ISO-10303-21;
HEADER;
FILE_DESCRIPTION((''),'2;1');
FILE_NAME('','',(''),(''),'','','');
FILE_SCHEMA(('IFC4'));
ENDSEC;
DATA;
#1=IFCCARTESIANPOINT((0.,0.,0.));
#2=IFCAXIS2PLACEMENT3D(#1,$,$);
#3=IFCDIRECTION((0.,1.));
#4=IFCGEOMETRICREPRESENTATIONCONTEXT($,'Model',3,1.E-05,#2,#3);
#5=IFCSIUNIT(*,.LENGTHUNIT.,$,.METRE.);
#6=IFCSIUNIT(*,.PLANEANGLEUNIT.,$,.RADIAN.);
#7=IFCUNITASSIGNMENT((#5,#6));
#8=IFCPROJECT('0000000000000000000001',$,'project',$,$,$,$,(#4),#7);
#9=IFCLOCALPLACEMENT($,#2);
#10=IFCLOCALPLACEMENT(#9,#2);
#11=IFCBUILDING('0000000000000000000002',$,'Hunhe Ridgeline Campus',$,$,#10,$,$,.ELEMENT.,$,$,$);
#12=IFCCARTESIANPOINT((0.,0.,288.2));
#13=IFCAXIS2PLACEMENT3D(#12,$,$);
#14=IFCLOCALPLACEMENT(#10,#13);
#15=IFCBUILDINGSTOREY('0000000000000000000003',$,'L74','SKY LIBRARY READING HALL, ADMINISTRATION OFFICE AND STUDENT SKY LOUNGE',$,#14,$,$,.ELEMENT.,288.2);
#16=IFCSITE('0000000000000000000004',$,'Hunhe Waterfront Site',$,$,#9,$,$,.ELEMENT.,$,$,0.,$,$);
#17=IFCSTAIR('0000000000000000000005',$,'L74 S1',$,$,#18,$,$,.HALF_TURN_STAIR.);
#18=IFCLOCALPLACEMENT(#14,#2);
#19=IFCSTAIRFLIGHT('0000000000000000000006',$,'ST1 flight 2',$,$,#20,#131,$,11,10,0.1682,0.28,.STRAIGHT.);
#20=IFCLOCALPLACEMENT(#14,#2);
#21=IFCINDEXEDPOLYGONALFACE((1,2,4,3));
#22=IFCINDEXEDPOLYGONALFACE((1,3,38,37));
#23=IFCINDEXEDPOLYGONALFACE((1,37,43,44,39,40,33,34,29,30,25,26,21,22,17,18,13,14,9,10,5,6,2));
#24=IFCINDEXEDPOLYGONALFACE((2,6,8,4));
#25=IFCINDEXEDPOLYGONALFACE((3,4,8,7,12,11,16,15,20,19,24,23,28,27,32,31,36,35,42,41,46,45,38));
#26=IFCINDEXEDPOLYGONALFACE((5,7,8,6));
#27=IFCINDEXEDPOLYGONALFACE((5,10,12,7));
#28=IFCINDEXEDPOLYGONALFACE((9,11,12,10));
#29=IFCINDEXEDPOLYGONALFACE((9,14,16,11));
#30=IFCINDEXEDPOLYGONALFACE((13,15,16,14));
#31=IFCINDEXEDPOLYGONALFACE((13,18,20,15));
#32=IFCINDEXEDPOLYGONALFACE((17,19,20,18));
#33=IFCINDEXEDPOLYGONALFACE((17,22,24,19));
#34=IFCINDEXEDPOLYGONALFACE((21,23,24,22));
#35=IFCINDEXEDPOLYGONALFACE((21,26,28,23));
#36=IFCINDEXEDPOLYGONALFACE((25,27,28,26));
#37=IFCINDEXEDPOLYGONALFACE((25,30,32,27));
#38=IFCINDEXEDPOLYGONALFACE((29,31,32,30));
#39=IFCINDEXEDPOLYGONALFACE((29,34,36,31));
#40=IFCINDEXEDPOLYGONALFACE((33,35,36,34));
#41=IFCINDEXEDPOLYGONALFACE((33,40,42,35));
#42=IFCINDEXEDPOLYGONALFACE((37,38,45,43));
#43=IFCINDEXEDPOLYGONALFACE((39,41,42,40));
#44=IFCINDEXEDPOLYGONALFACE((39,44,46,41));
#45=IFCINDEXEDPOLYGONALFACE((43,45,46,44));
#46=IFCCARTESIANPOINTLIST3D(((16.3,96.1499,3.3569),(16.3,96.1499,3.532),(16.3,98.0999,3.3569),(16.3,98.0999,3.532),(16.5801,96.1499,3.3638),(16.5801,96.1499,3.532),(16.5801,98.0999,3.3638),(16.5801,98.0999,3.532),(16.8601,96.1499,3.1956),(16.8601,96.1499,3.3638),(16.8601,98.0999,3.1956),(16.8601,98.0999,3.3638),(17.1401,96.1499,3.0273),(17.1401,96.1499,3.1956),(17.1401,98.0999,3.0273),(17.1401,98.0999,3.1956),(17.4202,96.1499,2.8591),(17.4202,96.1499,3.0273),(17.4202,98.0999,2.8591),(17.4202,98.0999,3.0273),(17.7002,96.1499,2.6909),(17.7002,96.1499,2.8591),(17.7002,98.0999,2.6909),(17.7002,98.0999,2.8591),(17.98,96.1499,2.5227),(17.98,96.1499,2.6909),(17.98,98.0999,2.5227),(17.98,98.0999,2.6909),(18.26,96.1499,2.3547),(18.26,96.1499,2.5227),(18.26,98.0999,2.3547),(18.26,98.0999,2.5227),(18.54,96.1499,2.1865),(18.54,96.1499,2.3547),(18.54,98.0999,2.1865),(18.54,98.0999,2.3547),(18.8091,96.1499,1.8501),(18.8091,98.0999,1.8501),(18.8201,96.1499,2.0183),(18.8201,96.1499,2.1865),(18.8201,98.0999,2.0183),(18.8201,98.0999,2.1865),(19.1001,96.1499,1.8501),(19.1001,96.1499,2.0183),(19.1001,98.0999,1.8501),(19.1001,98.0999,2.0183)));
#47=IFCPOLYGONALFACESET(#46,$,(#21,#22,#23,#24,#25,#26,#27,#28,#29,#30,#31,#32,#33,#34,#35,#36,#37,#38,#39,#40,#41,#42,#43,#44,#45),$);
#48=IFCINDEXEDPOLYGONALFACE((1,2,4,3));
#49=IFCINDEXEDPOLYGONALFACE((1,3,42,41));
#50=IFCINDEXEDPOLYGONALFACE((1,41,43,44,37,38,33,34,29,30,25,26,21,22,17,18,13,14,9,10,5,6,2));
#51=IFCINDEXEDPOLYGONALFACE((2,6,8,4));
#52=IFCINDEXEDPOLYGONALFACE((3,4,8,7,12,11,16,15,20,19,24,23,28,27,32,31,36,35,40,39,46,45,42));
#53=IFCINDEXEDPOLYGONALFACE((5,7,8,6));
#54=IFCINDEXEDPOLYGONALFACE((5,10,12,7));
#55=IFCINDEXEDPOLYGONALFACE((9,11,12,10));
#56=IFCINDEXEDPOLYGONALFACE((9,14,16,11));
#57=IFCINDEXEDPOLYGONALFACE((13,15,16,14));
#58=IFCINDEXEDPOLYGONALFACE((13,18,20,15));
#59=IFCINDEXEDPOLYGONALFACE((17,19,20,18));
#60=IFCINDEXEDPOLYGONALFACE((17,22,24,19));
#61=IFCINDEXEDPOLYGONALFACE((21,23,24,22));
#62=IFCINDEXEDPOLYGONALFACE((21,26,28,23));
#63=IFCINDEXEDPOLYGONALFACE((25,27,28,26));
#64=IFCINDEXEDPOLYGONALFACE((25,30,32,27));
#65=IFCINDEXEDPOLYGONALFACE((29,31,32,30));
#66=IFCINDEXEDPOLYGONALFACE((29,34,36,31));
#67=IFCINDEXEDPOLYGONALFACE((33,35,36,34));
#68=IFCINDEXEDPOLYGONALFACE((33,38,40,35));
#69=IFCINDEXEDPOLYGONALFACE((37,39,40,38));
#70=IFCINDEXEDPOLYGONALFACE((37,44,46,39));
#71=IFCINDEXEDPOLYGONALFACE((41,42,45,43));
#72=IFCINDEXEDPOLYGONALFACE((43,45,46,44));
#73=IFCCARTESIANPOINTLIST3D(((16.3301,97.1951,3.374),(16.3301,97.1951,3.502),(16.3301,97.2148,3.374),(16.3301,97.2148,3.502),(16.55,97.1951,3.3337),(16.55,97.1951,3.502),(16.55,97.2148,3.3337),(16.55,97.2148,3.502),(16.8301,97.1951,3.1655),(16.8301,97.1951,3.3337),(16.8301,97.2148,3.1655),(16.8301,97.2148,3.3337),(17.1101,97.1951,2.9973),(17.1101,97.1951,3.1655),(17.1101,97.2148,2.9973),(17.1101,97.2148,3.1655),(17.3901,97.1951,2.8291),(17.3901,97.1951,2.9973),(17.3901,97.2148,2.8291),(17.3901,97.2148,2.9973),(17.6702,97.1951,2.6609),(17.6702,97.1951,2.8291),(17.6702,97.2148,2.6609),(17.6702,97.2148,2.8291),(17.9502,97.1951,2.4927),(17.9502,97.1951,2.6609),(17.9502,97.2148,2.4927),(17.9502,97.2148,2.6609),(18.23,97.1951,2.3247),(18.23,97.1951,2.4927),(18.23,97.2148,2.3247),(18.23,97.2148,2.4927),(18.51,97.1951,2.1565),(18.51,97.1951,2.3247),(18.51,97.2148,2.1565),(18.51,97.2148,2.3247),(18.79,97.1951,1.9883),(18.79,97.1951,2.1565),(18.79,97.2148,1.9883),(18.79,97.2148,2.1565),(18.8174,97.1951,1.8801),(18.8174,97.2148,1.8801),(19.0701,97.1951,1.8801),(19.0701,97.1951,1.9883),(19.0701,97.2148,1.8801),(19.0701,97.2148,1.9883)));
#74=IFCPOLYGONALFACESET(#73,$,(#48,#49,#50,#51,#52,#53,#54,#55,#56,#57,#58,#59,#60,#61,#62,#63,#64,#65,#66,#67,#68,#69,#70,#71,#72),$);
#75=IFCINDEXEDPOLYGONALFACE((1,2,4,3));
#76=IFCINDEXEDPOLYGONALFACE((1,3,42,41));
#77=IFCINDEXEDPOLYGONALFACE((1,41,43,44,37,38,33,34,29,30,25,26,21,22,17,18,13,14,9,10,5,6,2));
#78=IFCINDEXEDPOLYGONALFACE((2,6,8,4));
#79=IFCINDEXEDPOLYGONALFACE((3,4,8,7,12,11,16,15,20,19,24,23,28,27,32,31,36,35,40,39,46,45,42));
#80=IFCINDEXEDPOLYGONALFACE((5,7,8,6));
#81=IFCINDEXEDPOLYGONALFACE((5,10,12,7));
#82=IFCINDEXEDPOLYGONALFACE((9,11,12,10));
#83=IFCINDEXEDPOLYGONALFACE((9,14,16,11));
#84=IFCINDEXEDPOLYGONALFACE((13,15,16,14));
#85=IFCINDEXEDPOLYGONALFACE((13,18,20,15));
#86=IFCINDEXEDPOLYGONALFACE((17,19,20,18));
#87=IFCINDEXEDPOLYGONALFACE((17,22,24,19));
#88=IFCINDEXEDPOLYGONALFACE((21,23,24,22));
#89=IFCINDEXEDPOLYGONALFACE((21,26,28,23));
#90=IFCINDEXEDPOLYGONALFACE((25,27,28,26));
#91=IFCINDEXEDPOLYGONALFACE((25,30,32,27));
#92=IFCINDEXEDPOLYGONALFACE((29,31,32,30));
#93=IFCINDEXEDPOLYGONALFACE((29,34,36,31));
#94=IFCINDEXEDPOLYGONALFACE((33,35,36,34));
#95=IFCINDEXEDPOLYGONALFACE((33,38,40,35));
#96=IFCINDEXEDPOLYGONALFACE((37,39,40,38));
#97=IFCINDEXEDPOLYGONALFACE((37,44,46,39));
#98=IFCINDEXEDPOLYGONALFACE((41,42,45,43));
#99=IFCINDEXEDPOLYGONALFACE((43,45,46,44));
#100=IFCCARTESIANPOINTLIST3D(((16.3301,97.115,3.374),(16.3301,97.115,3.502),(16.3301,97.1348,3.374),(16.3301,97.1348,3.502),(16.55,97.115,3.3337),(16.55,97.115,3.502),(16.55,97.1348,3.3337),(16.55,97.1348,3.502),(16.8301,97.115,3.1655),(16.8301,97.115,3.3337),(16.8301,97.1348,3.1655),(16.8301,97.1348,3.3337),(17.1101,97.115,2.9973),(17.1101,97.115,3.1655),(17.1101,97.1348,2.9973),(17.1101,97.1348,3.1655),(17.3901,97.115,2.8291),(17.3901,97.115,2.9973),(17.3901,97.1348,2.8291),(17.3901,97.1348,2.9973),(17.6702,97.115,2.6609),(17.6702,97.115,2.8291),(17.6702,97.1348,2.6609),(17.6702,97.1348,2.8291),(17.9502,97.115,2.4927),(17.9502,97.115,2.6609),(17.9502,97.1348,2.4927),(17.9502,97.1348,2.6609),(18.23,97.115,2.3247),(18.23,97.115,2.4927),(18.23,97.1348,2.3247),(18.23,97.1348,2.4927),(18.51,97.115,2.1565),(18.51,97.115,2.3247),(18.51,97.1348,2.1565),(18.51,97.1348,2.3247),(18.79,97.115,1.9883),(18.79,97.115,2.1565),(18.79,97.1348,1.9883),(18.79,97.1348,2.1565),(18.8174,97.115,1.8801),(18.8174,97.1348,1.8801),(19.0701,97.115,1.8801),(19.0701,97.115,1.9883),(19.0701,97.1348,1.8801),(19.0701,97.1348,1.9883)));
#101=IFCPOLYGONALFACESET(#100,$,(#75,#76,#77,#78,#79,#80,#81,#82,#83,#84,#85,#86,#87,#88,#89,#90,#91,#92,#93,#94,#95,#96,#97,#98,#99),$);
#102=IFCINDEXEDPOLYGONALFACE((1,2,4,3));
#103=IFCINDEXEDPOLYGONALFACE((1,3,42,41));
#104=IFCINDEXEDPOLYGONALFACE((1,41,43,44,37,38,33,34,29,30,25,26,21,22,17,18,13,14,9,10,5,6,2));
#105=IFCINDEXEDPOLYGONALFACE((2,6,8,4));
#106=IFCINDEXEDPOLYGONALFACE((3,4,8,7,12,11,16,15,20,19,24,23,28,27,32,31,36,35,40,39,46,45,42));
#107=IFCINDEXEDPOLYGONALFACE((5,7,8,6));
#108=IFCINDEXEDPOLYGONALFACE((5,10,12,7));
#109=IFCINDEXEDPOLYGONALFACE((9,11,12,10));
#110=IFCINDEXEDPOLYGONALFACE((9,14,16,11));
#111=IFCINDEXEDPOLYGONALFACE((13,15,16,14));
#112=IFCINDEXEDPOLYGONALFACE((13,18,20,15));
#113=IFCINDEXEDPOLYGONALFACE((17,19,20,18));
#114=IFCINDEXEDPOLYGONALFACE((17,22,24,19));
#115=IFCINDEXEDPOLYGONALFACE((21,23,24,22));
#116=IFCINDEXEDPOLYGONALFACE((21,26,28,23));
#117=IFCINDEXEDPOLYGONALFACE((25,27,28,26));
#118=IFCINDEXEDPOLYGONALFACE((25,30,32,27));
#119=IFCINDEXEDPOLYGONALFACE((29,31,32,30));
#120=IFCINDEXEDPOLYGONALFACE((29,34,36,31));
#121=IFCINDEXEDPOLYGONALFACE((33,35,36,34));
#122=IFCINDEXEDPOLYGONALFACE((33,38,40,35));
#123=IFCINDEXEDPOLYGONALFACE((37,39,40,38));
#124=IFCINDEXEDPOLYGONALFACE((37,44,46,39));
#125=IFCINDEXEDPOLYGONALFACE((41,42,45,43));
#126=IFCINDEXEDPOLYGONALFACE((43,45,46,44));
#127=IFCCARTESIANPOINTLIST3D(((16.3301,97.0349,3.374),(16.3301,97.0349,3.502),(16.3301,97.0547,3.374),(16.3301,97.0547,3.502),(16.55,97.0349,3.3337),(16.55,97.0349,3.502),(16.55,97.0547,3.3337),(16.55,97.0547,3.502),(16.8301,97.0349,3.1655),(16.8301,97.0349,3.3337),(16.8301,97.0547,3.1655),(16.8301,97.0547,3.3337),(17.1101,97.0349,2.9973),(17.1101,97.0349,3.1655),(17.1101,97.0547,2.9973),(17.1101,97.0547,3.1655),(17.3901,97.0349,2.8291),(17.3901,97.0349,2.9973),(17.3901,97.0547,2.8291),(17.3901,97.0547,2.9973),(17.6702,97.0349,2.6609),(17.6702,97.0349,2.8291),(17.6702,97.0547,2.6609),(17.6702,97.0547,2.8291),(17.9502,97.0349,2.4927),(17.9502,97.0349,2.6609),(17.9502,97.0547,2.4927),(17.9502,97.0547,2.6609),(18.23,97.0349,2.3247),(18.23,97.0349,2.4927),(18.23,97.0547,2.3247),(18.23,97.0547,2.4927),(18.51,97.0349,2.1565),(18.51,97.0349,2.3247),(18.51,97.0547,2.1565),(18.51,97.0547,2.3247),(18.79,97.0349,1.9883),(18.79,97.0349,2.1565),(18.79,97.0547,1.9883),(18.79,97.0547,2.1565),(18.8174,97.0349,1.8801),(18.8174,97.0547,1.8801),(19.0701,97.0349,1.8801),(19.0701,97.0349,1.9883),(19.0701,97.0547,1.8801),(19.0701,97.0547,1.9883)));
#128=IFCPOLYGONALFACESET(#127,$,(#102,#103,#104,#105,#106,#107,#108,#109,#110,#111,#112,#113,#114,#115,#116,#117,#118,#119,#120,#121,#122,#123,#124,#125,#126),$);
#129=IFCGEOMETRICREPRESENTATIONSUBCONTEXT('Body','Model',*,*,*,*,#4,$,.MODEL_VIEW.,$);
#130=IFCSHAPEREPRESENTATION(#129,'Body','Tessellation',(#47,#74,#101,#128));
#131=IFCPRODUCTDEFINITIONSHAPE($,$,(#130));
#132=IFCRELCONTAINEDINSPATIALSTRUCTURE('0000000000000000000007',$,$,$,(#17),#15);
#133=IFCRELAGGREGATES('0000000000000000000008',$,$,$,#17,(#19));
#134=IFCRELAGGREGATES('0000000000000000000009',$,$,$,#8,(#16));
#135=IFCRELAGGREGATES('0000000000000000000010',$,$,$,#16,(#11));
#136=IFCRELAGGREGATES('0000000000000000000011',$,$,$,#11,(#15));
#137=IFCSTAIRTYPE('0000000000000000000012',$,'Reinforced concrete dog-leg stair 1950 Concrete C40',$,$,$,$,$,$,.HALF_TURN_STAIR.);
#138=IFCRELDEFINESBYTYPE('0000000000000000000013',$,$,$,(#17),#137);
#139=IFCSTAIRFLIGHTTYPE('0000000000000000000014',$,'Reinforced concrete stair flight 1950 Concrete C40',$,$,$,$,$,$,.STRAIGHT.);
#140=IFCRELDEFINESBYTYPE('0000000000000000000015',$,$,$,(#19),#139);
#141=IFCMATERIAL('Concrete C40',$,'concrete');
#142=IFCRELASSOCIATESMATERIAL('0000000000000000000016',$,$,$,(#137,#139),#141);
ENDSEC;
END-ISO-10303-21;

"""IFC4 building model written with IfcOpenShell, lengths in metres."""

from ifc_helpers import new_model, si_unit, direction, frame, origin, place, context, subcontext, project, spatial, polyline, outline, extrude, material, type_object, element, aggregate, save


model = new_model("IFC4")

# Units and contexts
model_context = context("Model", 3, precision=1e-05, world=origin(), true_north=direction((0.0, 1.0)))
body_context = subcontext(model_context, "Body", "Model", "MODEL_VIEW")
ifc_project = project(units=[si_unit("LENGTHUNIT", "METRE"), si_unit("PLANEANGLEUNIT", "RADIAN")], contexts=[model_context])

# Site, building, storey
site_placement = place(None, origin())
site = spatial("IfcSite", under=ifc_project, at=site_placement, Name="Hunhe Waterfront Site", CompositionType="ELEMENT", RefElevation=0.0)
building_placement = place(site_placement, origin())
building = spatial("IfcBuilding", under=site, at=building_placement, Name="Hunhe Ridgeline Campus", CompositionType="ELEMENT")
storey_placement = place(building_placement, frame((0.0, 0.0, 288.2)))
storey = spatial("IfcBuildingStorey", under=building, at=storey_placement, Name="L74", Description="SKY LIBRARY READING HALL, ADMINISTRATION OFFICE AND STUDENT SKY LOUNGE", CompositionType="ELEMENT", Elevation=288.2)

# Stair, stair flight
ifc_material_1 = material(Name="Concrete C40", Category="concrete")
stair_type = type_object("IfcStairType", Name="Reinforced concrete dog-leg stair 1950 Concrete C40", PredefinedType="HALF_TURN_STAIR", material=ifc_material_1)
stair_placement = place(storey_placement, origin())
stair = element("IfcStair", 1, at=stair_placement, inside=storey, type_object=stair_type, Name="L74 S1", PredefinedType="HALF_TURN_STAIR")
stair_flight_type = type_object("IfcStairFlightType", Name="Reinforced concrete stair flight 1950 Concrete C40", PredefinedType="STRAIGHT", material=ifc_material_1)
stair_flight_1_placement = place(storey_placement, frame((19.1001, 97.125, 1.8501), z_axis=(0.0, 0.0, 1.0), x_axis=(-1.0, 0.0, 0.0)))
stair_flight_1 = element("IfcStairFlight", 2, at=stair_flight_1_placement, type_object=stair_flight_type, Name="ST1 flight 2", NumberOfRisers=11, NumberOfTreads=10, PredefinedType="STRAIGHT", RiserHeight=0.1682, TreadLength=0.28, context=body_context, shape_type="SweptSolid", body=[
    extrude(outline(polyline([(0.0, 0.0), (0.0, 0.1682), (0.28, 0.1682), (0.28, 0.3364), (0.5601, 0.3364), (0.5601, 0.5046), (0.8401, 0.5046), (0.8401, 0.6726), (1.1201, 0.6726), (1.1201, 0.8408), (1.3999, 0.8408), (1.3999, 1.009), (1.6799, 1.009), (1.6799, 1.1772), (1.96, 1.1772), (1.96, 1.3455), (2.24, 1.3455), (2.24, 1.5137), (2.52, 1.5137), (2.52, 1.6819), (2.8, 1.6819), (2.8, 1.8501), (2.8, 1.5068), (0.291, 0.0), (0.0, 0.0)])), frame((0.0, 0.9751, 0.0), z_axis=(0.0, -1.0, 0.0), x_axis=(1.0, 0.0, 0.0)), (0.0, 0.0, 1.0), 1.95),
    extrude(outline(polyline([(0.03, 0.03), (0.03, 0.1382), (0.3101, 0.1382), (0.3101, 0.3064), (0.5901, 0.3064), (0.5901, 0.4746), (0.8701, 0.4746), (0.8701, 0.6426), (1.1499, 0.6426), (1.1499, 0.8108), (1.4299, 0.8108), (1.4299, 0.979), (1.71, 0.979), (1.71, 1.1472), (1.99, 1.1472), (1.99, 1.3154), (2.27, 1.3154), (2.27, 1.4836), (2.55, 1.4836), (2.55, 1.6519), (2.77, 1.6519), (2.77, 1.5239), (0.2827, 0.03), (0.03, 0.03)])), frame((0.0, -0.0701, 0.0), z_axis=(0.0, -1.0, 0.0), x_axis=(1.0, 0.0, 0.0)), (0.0, 0.0, 1.0), 0.0198),
    extrude(outline(polyline([(0.03, 0.03), (0.03, 0.1382), (0.3101, 0.1382), (0.3101, 0.3064), (0.5901, 0.3064), (0.5901, 0.4746), (0.8701, 0.4746), (0.8701, 0.6426), (1.1499, 0.6426), (1.1499, 0.8108), (1.4299, 0.8108), (1.4299, 0.979), (1.71, 0.979), (1.71, 1.1472), (1.99, 1.1472), (1.99, 1.3154), (2.27, 1.3154), (2.27, 1.4836), (2.55, 1.4836), (2.55, 1.6519), (2.77, 1.6519), (2.77, 1.5239), (0.2827, 0.03), (0.03, 0.03)])), frame((0.0, 0.01, 0.0), z_axis=(0.0, -1.0, 0.0), x_axis=(1.0, 0.0, 0.0)), (0.0, 0.0, 1.0), 0.0198),
    extrude(outline(polyline([(0.03, 0.03), (0.03, 0.1382), (0.3101, 0.1382), (0.3101, 0.3064), (0.5901, 0.3064), (0.5901, 0.4746), (0.8701, 0.4746), (0.8701, 0.6426), (1.1499, 0.6426), (1.1499, 0.8108), (1.4299, 0.8108), (1.4299, 0.979), (1.71, 0.979), (1.71, 1.1472), (1.99, 1.1472), (1.99, 1.3154), (2.27, 1.3154), (2.27, 1.4836), (2.55, 1.4836), (2.55, 1.6519), (2.77, 1.6519), (2.77, 1.5239), (0.2827, 0.03), (0.03, 0.03)])), frame((0.0, 0.0901, 0.0), z_axis=(0.0, -1.0, 0.0), x_axis=(1.0, 0.0, 0.0)), (0.0, 0.0, 1.0), 0.0198),
])
aggregate(stair, [stair_flight_1])

save(model, "model.ifc")
